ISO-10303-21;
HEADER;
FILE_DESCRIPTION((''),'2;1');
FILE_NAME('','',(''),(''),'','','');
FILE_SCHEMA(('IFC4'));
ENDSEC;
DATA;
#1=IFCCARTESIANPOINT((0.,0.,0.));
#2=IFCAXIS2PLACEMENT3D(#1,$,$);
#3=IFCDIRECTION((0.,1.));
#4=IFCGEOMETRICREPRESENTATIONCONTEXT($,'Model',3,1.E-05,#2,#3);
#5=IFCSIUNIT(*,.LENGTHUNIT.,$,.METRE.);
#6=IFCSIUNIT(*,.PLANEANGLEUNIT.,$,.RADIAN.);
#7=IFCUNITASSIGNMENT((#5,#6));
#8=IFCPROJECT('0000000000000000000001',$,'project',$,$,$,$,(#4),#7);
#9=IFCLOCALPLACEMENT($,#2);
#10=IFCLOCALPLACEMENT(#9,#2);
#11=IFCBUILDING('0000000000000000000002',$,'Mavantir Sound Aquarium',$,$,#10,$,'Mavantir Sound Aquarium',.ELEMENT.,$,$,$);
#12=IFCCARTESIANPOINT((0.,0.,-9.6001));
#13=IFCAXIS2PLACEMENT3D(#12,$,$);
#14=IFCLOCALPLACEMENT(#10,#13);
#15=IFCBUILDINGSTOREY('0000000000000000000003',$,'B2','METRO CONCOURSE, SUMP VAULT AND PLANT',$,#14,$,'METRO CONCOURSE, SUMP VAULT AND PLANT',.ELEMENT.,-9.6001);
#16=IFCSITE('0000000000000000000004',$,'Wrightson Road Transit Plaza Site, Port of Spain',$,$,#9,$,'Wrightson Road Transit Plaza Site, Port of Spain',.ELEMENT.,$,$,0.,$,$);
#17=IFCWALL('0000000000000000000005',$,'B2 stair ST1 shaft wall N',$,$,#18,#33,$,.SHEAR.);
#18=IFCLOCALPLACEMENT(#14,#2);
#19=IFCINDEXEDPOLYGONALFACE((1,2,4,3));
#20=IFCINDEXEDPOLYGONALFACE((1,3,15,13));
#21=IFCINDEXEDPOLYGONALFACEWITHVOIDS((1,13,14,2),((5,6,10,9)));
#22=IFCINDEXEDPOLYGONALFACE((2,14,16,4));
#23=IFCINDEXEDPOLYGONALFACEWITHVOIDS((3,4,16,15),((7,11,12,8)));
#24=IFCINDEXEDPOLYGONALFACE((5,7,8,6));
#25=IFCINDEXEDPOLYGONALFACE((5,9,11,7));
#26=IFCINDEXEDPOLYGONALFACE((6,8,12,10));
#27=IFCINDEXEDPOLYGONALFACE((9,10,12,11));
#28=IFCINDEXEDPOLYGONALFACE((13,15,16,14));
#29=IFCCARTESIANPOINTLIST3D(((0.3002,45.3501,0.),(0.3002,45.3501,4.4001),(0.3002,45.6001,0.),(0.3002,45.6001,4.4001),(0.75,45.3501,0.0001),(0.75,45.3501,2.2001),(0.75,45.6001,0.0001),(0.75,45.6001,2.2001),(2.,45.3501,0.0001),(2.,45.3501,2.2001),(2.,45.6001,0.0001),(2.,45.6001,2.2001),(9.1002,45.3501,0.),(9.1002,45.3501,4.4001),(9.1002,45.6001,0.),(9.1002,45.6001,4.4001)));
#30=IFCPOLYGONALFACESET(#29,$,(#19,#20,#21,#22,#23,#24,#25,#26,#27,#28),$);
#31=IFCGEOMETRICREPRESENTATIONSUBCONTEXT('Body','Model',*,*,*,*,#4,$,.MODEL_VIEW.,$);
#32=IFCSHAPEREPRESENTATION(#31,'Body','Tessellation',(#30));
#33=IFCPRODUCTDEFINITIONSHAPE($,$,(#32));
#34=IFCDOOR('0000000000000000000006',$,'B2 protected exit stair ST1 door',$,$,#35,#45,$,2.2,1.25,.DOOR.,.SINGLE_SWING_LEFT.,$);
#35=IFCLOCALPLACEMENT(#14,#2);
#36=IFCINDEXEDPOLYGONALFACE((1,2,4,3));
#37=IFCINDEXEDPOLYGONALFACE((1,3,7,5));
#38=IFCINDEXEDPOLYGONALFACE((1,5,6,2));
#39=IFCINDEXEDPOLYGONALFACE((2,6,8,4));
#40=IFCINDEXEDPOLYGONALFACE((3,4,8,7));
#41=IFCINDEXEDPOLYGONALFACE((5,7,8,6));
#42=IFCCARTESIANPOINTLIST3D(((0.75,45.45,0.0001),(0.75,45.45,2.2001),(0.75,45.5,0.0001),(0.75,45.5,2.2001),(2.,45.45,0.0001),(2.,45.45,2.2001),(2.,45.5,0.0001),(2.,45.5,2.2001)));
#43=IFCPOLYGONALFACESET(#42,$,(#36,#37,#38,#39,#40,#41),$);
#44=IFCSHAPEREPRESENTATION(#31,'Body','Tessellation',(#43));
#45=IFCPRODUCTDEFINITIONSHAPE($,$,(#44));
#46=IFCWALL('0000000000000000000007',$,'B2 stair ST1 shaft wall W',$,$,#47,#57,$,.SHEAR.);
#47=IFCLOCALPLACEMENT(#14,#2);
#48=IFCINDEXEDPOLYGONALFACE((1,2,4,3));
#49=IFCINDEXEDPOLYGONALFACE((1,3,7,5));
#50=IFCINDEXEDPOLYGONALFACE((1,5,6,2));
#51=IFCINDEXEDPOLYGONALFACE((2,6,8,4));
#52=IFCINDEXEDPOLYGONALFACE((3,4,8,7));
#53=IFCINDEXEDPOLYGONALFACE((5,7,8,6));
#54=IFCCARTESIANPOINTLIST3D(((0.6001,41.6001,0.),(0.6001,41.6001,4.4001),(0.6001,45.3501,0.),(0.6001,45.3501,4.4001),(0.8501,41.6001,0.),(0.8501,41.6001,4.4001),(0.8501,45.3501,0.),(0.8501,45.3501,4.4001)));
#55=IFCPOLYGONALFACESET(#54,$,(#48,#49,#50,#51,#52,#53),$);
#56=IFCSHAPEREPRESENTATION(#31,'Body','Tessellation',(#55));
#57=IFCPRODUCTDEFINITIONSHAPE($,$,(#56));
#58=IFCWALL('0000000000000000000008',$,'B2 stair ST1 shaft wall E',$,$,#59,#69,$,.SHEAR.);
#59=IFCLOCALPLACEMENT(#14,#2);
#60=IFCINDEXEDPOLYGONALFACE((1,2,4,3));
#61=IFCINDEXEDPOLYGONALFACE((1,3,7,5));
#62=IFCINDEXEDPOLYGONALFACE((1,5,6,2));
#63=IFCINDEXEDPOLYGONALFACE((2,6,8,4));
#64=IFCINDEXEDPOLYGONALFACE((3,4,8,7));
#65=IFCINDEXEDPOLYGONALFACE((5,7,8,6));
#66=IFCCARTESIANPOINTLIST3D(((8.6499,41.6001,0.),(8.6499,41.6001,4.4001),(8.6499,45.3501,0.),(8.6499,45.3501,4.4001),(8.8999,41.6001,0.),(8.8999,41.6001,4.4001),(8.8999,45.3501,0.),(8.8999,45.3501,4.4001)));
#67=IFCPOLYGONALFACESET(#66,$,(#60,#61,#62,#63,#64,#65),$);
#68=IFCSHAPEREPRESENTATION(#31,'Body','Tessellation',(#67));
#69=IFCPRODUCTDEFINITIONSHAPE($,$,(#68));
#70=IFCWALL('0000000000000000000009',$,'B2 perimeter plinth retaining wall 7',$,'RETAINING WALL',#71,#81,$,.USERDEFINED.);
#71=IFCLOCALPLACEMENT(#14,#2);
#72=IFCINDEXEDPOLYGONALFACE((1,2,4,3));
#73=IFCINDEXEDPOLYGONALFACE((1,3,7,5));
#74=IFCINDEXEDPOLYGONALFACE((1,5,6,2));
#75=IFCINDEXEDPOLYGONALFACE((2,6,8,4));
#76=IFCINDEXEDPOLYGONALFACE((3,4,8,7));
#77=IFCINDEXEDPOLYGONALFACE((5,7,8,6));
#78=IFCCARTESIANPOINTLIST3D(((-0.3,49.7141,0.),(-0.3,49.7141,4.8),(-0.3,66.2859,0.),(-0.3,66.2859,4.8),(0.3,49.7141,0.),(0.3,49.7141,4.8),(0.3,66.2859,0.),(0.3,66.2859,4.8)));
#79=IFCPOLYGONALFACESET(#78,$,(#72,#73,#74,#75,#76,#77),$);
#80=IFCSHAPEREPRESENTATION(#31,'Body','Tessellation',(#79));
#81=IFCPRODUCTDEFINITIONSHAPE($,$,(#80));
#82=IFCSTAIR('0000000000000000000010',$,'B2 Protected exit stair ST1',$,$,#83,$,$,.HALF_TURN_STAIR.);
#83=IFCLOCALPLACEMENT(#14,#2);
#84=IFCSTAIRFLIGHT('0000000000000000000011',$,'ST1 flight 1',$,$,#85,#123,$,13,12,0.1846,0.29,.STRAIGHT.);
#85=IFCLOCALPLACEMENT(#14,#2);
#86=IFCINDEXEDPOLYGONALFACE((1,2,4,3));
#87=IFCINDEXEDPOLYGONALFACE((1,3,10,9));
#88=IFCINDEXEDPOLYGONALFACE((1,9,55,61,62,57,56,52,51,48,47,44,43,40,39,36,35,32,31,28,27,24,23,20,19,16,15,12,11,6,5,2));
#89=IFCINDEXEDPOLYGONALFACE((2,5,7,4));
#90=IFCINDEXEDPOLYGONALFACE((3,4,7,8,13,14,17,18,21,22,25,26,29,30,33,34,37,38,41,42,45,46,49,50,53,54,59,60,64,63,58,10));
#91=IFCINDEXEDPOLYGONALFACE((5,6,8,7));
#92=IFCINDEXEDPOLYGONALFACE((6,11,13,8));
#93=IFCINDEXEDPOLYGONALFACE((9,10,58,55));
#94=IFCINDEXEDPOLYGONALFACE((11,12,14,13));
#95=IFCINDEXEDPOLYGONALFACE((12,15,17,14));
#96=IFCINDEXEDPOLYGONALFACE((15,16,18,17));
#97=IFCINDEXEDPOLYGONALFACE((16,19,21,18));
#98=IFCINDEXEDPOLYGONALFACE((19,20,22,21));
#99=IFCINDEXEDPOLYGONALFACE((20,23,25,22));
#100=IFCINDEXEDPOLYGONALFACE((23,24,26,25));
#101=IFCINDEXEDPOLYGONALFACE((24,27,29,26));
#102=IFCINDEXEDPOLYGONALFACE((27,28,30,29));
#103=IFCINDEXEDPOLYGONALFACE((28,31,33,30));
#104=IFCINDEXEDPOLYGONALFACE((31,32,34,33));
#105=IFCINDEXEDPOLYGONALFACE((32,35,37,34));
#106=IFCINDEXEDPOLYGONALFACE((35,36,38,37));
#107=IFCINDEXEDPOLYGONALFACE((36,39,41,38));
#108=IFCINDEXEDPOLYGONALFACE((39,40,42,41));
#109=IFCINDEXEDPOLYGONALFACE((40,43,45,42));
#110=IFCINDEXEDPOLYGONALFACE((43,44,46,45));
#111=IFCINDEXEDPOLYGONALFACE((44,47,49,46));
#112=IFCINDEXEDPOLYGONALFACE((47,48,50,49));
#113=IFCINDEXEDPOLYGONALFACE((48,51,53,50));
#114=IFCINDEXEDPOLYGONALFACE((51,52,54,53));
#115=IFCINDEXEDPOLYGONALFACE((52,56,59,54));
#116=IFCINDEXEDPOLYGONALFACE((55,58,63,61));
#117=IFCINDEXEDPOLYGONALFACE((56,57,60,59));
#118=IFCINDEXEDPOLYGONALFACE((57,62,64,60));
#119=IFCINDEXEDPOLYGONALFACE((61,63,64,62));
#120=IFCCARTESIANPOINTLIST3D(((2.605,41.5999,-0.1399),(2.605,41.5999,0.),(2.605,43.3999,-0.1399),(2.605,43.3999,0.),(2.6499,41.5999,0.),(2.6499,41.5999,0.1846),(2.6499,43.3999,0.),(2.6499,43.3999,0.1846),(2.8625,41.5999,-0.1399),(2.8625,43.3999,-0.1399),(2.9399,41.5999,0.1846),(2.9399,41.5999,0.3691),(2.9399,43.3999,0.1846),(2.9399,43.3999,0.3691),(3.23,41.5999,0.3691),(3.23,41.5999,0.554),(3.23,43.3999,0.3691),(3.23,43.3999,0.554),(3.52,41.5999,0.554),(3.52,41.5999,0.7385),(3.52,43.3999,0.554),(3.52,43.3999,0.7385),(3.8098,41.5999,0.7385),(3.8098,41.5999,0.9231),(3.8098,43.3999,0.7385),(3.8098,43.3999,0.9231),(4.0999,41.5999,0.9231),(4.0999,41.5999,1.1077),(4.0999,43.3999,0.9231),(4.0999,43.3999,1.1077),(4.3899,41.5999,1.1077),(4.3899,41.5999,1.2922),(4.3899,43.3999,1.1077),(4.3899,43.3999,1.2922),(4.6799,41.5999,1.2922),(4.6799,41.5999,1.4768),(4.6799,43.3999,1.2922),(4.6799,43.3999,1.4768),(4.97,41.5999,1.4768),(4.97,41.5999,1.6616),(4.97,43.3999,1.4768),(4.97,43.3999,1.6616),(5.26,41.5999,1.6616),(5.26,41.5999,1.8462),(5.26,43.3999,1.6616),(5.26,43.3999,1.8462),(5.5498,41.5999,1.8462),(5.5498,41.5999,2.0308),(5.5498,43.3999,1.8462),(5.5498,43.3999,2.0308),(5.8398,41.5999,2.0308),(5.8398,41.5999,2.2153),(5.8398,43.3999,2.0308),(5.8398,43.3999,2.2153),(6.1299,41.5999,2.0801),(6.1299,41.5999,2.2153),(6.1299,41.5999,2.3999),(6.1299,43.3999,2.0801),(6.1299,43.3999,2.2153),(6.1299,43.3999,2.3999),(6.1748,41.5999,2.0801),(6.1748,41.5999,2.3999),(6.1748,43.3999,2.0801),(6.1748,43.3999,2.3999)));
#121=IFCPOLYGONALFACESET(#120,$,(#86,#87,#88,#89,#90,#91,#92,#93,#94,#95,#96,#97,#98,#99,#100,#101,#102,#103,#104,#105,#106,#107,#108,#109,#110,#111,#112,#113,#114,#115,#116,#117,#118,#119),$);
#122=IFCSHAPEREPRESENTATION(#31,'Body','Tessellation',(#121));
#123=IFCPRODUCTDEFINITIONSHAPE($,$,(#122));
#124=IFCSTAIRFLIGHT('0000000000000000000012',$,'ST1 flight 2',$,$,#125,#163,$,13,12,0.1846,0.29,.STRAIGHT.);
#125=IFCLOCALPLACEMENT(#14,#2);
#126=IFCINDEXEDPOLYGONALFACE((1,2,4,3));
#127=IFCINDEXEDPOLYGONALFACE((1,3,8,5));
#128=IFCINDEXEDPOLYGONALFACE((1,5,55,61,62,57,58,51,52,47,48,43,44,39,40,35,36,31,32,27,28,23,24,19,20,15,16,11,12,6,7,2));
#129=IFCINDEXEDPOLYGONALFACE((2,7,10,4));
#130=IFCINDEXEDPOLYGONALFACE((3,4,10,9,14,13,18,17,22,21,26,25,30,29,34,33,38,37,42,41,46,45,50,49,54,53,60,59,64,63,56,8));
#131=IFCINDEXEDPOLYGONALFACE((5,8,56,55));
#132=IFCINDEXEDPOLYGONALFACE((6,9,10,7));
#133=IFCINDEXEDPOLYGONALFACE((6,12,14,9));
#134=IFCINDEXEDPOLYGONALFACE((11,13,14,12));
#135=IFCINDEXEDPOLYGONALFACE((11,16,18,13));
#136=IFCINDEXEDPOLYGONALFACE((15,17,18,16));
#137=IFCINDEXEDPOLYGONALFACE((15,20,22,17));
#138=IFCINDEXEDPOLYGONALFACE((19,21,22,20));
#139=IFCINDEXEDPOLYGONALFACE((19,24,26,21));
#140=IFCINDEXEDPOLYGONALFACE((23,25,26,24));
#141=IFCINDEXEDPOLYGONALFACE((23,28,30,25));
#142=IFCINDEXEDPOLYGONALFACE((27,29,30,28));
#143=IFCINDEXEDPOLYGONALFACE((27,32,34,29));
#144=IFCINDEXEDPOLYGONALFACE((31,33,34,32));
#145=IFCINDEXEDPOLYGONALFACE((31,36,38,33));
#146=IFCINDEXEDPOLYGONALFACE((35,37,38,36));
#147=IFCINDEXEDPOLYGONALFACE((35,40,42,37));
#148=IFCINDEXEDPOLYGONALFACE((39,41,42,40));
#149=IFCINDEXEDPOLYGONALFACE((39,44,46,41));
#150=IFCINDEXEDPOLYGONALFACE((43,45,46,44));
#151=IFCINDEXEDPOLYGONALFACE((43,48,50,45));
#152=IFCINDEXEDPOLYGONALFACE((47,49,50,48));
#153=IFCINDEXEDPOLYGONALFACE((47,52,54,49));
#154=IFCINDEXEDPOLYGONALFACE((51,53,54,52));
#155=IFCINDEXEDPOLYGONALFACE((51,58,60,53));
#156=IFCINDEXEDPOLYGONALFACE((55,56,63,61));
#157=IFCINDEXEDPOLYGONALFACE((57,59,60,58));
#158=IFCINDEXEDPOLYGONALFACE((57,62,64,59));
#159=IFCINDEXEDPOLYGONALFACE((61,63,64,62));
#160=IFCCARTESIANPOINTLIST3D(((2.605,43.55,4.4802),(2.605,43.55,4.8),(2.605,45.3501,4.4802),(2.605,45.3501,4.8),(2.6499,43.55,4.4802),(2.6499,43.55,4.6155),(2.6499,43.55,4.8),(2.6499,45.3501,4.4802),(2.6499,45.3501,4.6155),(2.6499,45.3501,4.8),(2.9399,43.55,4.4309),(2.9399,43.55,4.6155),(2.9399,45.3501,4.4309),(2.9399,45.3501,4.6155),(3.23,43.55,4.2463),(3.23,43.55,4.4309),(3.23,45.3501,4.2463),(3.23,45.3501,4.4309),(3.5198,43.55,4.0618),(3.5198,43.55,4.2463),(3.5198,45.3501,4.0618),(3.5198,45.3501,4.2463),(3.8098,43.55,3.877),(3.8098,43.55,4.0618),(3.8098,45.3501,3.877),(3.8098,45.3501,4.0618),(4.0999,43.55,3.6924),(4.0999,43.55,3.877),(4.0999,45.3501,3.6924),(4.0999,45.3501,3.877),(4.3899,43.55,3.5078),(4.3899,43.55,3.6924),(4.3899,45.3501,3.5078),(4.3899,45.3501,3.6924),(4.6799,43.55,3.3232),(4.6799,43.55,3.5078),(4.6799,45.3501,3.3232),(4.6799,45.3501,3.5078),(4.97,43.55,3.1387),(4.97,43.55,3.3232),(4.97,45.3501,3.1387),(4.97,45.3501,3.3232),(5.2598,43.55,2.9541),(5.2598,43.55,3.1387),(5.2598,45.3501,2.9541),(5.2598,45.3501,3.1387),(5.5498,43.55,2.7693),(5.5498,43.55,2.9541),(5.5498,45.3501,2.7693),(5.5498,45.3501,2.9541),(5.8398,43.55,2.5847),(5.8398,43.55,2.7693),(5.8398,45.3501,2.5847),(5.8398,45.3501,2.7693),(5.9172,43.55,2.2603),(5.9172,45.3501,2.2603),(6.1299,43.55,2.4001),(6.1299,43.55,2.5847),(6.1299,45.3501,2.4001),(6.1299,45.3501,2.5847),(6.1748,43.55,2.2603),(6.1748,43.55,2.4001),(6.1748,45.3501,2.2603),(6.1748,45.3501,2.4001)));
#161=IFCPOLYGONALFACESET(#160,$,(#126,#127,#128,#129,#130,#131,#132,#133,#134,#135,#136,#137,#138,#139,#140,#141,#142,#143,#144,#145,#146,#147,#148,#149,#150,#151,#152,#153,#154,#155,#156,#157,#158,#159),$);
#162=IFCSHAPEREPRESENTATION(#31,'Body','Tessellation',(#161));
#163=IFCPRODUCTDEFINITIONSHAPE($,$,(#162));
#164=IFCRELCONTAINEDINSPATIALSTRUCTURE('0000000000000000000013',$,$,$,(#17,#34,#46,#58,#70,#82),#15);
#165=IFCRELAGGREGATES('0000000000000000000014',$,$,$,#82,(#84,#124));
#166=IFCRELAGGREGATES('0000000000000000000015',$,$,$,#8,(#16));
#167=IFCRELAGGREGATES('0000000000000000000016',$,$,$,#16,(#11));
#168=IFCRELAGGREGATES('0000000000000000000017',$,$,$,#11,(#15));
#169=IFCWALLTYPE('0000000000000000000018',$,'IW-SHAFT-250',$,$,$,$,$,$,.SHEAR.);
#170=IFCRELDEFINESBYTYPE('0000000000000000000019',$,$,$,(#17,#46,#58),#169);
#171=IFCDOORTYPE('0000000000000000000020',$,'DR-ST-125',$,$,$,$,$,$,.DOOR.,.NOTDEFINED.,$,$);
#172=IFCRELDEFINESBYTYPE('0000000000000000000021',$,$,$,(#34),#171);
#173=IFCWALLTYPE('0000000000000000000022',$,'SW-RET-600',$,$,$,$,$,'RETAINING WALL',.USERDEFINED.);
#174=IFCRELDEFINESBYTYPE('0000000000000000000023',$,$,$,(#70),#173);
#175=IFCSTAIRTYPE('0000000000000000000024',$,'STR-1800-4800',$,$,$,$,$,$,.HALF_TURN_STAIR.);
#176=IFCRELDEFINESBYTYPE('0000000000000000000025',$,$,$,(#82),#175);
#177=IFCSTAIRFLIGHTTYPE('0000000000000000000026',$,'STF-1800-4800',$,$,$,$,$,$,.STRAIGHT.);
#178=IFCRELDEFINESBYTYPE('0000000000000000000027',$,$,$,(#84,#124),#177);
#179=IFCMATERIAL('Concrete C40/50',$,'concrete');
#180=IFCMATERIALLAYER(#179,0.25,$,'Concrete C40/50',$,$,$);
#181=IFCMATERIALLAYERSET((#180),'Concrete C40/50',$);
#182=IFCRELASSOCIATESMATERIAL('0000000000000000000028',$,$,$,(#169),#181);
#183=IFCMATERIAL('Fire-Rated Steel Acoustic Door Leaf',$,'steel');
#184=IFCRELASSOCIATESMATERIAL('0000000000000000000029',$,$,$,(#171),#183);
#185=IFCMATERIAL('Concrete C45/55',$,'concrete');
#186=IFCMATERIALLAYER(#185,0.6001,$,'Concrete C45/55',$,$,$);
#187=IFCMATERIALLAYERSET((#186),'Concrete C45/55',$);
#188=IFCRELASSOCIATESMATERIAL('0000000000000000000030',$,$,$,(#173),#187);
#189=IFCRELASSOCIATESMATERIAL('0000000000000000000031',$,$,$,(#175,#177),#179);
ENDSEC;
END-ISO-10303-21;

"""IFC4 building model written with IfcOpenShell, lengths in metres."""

from ifc_helpers import new_model, si_unit, direction, frame, frame_2d, origin, place, context, subcontext, project, spatial, polyline, rectangle, outline, extrude, material, layer, layer_set, type_object, element, fill, aggregate, save


model = new_model("IFC4")

# Units and contexts
model_context = context("Model", 3, precision=1e-05, world=origin(), true_north=direction((0.0, 1.0)))
body_context = subcontext(model_context, "Body", "Model", "MODEL_VIEW")
ifc_project = project(units=[si_unit("LENGTHUNIT", "METRE"), si_unit("PLANEANGLEUNIT", "RADIAN")], contexts=[model_context])

# Site, building, storey
site_placement = place(None, origin())
site = spatial("IfcSite", under=ifc_project, at=site_placement, Name="Wrightson Road Transit Plaza Site, Port of Spain", LongName="Wrightson Road Transit Plaza Site, Port of Spain", CompositionType="ELEMENT", RefElevation=0.0)
building_placement = place(site_placement, origin())
building = spatial("IfcBuilding", under=site, at=building_placement, Name="Mavantir Sound Aquarium", LongName="Mavantir Sound Aquarium", CompositionType="ELEMENT")
storey_placement = place(building_placement, frame((0.0, 0.0, -9.6001)))
storey = spatial("IfcBuildingStorey", under=building, at=storey_placement, Name="B2", Description="METRO CONCOURSE, SUMP VAULT AND PLANT", LongName="METRO CONCOURSE, SUMP VAULT AND PLANT", CompositionType="ELEMENT", Elevation=-9.6001)

# Shared definitions
ifc_material_1 = material(Name="Concrete C40/50", Category="concrete")

# Shared definitions
ifc_layer_1 = layer(ifc_material_1, 0.25, Name="Concrete C40/50")
ifc_layer_set_1 = layer_set([ifc_layer_1], Name="Concrete C40/50")
wall_type_1 = type_object("IfcWallType", Name="IW-SHAFT-250", PredefinedType="SHEAR", material=ifc_layer_set_1)

# Wall, opening, door
wall_1_placement = place(storey_placement, frame((9.1001, 45.4751, 0.0), z_axis=(0.0, 0.0, 1.0), x_axis=(-1.0, 0.0, 0.0)))
wall_1 = element("IfcWall", 1, at=wall_1_placement, inside=storey, type_object=wall_type_1, Name="B2 stair ST1 shaft wall N", PredefinedType="SHEAR", context=body_context, shape_type="SweptSolid", body=[
    extrude(rectangle(XDim=8.8, YDim=0.25, at=frame_2d((4.3999, 0.0))), origin(), (0.0, 0.0, 1.0), 4.4001),
])
opening_placement = place(wall_1_placement, frame((8.3501, 0.0, 0.0), z_axis=(0.0, 0.0, 1.0), x_axis=(-1.0, 0.0, 0.0)))
opening = element("IfcOpeningElement", 2, at=opening_placement, cuts=wall_1, PredefinedType="OPENING", context=body_context, shape_type="SweptSolid", body=[
    extrude(rectangle(XDim=1.25, YDim=2.2, at=frame_2d((0.625, 1.1001))), frame((0.0, 0.135, 0.0), z_axis=(0.0, -1.0, 0.0), x_axis=(1.0, 0.0, 0.0)), (0.0, 0.0, 1.0), 0.27),
])
ifc_material_2 = material(Name="Fire-Rated Steel Acoustic Door Leaf", Category="steel")
door_type = type_object("IfcDoorType", Name="DR-ST-125", OperationType="NOTDEFINED", PredefinedType="DOOR", material=ifc_material_2)
door_placement = place(opening_placement, origin())
door = element("IfcDoor", 3, at=door_placement, inside=storey, type_object=door_type, Name="B2 protected exit stair ST1 door", OperationType="SINGLE_SWING_LEFT", OverallHeight=2.2, OverallWidth=1.25, PredefinedType="DOOR", context=body_context, shape_type="SweptSolid", body=[
    extrude(rectangle(XDim=1.25, YDim=2.2, at=frame_2d((0.625, 1.1001))), frame((0.0, 0.0249, 0.0), z_axis=(0.0, -1.0, 0.0), x_axis=(1.0, 0.0, 0.0)), (0.0, 0.0, 1.0), 0.05),
])
fill(opening, door)

# Walls
for number, where, z_axis, x_axis, name in (
    (4, (0.7251, 45.3501, 0.0), (0.0, 0.0, 1.0), (0.0, -1.0, 0.0), "B2 stair ST1 shaft wall W"),
    (5, (8.7749, 41.6001, 0.0), (0.0, 0.0, 1.0), (0.0, 1.0, 0.0), "B2 stair ST1 shaft wall E"),
):
    element("IfcWall", number, at=place(storey_placement, frame(where, z_axis=z_axis, x_axis=x_axis)), inside=storey, type_object=wall_type_1, Name=name, PredefinedType="SHEAR", context=body_context, shape_type="SweptSolid", body=[
        extrude(rectangle(XDim=3.75, YDim=0.25, at=frame_2d((1.875, 0.0))), origin(), (0.0, 0.0, 1.0), 4.4001),
    ])
ifc_material_3 = material(Name="Concrete C45/55", Category="concrete")
ifc_layer_2 = layer(ifc_material_3, 0.6001, Name="Concrete C45/55")
ifc_layer_set_2 = layer_set([ifc_layer_2], Name="Concrete C45/55")
wall_type_2 = type_object("IfcWallType", Name="SW-RET-600", ElementType="RETAINING WALL", PredefinedType="USERDEFINED", material=ifc_layer_set_2)
wall_2_placement = place(storey_placement, frame((0.0, 49.7141, 0.0), z_axis=(0.0, 0.0, 1.0), x_axis=(0.0, 1.0, 0.0)))
element("IfcWall", 6, at=wall_2_placement, inside=storey, type_object=wall_type_2, Name="B2 perimeter plinth retaining wall 7", ObjectType="RETAINING WALL", PredefinedType="USERDEFINED", context=body_context, shape_type="SweptSolid", body=[
    extrude(rectangle(XDim=16.5718, YDim=0.6001, at=frame_2d((8.2859, 0.0))), origin(), (0.0, 0.0, 1.0), 4.8),
])

# Stair, stair flights
stair_type = type_object("IfcStairType", Name="STR-1800-4800", PredefinedType="HALF_TURN_STAIR", material=ifc_material_1)
stair_placement = place(storey_placement, origin())
stair = element("IfcStair", 7, at=stair_placement, inside=storey, type_object=stair_type, Name="B2 Protected exit stair ST1", PredefinedType="HALF_TURN_STAIR")
stair_flight_type = type_object("IfcStairFlightType", Name="STF-1800-4800", PredefinedType="STRAIGHT", material=ifc_material_1)
stair_flight_1_placement = place(storey_placement, frame((2.6499, 42.5, 0.0), z_axis=(0.0, 0.0, 1.0), x_axis=(1.0, 0.0, 0.0)))
stair_flight_1 = element("IfcStairFlight", 8, at=stair_flight_1_placement, type_object=stair_flight_type, Name="ST1 flight 1", NumberOfRisers=13, NumberOfTreads=12, PredefinedType="STRAIGHT", RiserHeight=0.1846, TreadLength=0.29, context=body_context, shape_type="SweptSolid", body=[
    extrude(outline(polyline([(-0.0449, -0.1399), (-0.0449, 0.0), (0.0, 0.0), (0.0, 0.1846), (0.29, 0.1846), (0.29, 0.3691), (0.5801, 0.3691), (0.5801, 0.554), (0.8701, 0.554), (0.8701, 0.7385), (1.1599, 0.7385), (1.1599, 0.9231), (1.45, 0.9231), (1.45, 1.1077), (1.74, 1.1077), (1.74, 1.2922), (2.03, 1.2922), (2.03, 1.4768), (2.3201, 1.4768), (2.3201, 1.6616), (2.6101, 1.6616), (2.6101, 1.8462), (2.8999, 1.8462), (2.8999, 2.0308), (3.1899, 2.0308), (3.1899, 2.2153), (3.48, 2.2153), (3.48, 2.3999), (3.5249, 2.3999), (3.5249, 2.0801), (3.48, 2.0801), (0.2126, -0.1399), (-0.0449, -0.1399)])), frame((0.0, 0.8999, 0.0), z_axis=(0.0, -1.0, 0.0), x_axis=(1.0, 0.0, 0.0)), (0.0, 0.0, 1.0), 1.8),
])
stair_flight_2_placement = place(storey_placement, frame((6.1299, 44.45, 2.4001), z_axis=(0.0, 0.0, 1.0), x_axis=(-1.0, 0.0, 0.0)))
stair_flight_2 = element("IfcStairFlight", 9, at=stair_flight_2_placement, type_object=stair_flight_type, Name="ST1 flight 2", NumberOfRisers=13, NumberOfTreads=12, PredefinedType="STRAIGHT", RiserHeight=0.1846, TreadLength=0.29, context=body_context, shape_type="SweptSolid", body=[
    extrude(outline(polyline([(-0.0449, -0.1399), (-0.0449, 0.0), (0.0, 0.0), (0.0, 0.1846), (0.29, 0.1846), (0.29, 0.3691), (0.5801, 0.3691), (0.5801, 0.554), (0.8701, 0.554), (0.8701, 0.7385), (1.1599, 0.7385), (1.1599, 0.9231), (1.45, 0.9231), (1.45, 1.1077), (1.74, 1.1077), (1.74, 1.2922), (2.03, 1.2922), (2.03, 1.4768), (2.3201, 1.4768), (2.3201, 1.6616), (2.6101, 1.6616), (2.6101, 1.8462), (2.8999, 1.8462), (2.8999, 2.0308), (3.1899, 2.0308), (3.1899, 2.2153), (3.48, 2.2153), (3.48, 2.3999), (3.5249, 2.3999), (3.5249, 2.0801), (3.48, 2.0801), (0.2126, -0.1399), (-0.0449, -0.1399)])), frame((0.0, 0.8999, 0.0), z_axis=(0.0, -1.0, 0.0), x_axis=(1.0, 0.0, 0.0)), (0.0, 0.0, 1.0), 1.8),
])
aggregate(stair, [stair_flight_1, stair_flight_2])

save(model, "model.ifc")
